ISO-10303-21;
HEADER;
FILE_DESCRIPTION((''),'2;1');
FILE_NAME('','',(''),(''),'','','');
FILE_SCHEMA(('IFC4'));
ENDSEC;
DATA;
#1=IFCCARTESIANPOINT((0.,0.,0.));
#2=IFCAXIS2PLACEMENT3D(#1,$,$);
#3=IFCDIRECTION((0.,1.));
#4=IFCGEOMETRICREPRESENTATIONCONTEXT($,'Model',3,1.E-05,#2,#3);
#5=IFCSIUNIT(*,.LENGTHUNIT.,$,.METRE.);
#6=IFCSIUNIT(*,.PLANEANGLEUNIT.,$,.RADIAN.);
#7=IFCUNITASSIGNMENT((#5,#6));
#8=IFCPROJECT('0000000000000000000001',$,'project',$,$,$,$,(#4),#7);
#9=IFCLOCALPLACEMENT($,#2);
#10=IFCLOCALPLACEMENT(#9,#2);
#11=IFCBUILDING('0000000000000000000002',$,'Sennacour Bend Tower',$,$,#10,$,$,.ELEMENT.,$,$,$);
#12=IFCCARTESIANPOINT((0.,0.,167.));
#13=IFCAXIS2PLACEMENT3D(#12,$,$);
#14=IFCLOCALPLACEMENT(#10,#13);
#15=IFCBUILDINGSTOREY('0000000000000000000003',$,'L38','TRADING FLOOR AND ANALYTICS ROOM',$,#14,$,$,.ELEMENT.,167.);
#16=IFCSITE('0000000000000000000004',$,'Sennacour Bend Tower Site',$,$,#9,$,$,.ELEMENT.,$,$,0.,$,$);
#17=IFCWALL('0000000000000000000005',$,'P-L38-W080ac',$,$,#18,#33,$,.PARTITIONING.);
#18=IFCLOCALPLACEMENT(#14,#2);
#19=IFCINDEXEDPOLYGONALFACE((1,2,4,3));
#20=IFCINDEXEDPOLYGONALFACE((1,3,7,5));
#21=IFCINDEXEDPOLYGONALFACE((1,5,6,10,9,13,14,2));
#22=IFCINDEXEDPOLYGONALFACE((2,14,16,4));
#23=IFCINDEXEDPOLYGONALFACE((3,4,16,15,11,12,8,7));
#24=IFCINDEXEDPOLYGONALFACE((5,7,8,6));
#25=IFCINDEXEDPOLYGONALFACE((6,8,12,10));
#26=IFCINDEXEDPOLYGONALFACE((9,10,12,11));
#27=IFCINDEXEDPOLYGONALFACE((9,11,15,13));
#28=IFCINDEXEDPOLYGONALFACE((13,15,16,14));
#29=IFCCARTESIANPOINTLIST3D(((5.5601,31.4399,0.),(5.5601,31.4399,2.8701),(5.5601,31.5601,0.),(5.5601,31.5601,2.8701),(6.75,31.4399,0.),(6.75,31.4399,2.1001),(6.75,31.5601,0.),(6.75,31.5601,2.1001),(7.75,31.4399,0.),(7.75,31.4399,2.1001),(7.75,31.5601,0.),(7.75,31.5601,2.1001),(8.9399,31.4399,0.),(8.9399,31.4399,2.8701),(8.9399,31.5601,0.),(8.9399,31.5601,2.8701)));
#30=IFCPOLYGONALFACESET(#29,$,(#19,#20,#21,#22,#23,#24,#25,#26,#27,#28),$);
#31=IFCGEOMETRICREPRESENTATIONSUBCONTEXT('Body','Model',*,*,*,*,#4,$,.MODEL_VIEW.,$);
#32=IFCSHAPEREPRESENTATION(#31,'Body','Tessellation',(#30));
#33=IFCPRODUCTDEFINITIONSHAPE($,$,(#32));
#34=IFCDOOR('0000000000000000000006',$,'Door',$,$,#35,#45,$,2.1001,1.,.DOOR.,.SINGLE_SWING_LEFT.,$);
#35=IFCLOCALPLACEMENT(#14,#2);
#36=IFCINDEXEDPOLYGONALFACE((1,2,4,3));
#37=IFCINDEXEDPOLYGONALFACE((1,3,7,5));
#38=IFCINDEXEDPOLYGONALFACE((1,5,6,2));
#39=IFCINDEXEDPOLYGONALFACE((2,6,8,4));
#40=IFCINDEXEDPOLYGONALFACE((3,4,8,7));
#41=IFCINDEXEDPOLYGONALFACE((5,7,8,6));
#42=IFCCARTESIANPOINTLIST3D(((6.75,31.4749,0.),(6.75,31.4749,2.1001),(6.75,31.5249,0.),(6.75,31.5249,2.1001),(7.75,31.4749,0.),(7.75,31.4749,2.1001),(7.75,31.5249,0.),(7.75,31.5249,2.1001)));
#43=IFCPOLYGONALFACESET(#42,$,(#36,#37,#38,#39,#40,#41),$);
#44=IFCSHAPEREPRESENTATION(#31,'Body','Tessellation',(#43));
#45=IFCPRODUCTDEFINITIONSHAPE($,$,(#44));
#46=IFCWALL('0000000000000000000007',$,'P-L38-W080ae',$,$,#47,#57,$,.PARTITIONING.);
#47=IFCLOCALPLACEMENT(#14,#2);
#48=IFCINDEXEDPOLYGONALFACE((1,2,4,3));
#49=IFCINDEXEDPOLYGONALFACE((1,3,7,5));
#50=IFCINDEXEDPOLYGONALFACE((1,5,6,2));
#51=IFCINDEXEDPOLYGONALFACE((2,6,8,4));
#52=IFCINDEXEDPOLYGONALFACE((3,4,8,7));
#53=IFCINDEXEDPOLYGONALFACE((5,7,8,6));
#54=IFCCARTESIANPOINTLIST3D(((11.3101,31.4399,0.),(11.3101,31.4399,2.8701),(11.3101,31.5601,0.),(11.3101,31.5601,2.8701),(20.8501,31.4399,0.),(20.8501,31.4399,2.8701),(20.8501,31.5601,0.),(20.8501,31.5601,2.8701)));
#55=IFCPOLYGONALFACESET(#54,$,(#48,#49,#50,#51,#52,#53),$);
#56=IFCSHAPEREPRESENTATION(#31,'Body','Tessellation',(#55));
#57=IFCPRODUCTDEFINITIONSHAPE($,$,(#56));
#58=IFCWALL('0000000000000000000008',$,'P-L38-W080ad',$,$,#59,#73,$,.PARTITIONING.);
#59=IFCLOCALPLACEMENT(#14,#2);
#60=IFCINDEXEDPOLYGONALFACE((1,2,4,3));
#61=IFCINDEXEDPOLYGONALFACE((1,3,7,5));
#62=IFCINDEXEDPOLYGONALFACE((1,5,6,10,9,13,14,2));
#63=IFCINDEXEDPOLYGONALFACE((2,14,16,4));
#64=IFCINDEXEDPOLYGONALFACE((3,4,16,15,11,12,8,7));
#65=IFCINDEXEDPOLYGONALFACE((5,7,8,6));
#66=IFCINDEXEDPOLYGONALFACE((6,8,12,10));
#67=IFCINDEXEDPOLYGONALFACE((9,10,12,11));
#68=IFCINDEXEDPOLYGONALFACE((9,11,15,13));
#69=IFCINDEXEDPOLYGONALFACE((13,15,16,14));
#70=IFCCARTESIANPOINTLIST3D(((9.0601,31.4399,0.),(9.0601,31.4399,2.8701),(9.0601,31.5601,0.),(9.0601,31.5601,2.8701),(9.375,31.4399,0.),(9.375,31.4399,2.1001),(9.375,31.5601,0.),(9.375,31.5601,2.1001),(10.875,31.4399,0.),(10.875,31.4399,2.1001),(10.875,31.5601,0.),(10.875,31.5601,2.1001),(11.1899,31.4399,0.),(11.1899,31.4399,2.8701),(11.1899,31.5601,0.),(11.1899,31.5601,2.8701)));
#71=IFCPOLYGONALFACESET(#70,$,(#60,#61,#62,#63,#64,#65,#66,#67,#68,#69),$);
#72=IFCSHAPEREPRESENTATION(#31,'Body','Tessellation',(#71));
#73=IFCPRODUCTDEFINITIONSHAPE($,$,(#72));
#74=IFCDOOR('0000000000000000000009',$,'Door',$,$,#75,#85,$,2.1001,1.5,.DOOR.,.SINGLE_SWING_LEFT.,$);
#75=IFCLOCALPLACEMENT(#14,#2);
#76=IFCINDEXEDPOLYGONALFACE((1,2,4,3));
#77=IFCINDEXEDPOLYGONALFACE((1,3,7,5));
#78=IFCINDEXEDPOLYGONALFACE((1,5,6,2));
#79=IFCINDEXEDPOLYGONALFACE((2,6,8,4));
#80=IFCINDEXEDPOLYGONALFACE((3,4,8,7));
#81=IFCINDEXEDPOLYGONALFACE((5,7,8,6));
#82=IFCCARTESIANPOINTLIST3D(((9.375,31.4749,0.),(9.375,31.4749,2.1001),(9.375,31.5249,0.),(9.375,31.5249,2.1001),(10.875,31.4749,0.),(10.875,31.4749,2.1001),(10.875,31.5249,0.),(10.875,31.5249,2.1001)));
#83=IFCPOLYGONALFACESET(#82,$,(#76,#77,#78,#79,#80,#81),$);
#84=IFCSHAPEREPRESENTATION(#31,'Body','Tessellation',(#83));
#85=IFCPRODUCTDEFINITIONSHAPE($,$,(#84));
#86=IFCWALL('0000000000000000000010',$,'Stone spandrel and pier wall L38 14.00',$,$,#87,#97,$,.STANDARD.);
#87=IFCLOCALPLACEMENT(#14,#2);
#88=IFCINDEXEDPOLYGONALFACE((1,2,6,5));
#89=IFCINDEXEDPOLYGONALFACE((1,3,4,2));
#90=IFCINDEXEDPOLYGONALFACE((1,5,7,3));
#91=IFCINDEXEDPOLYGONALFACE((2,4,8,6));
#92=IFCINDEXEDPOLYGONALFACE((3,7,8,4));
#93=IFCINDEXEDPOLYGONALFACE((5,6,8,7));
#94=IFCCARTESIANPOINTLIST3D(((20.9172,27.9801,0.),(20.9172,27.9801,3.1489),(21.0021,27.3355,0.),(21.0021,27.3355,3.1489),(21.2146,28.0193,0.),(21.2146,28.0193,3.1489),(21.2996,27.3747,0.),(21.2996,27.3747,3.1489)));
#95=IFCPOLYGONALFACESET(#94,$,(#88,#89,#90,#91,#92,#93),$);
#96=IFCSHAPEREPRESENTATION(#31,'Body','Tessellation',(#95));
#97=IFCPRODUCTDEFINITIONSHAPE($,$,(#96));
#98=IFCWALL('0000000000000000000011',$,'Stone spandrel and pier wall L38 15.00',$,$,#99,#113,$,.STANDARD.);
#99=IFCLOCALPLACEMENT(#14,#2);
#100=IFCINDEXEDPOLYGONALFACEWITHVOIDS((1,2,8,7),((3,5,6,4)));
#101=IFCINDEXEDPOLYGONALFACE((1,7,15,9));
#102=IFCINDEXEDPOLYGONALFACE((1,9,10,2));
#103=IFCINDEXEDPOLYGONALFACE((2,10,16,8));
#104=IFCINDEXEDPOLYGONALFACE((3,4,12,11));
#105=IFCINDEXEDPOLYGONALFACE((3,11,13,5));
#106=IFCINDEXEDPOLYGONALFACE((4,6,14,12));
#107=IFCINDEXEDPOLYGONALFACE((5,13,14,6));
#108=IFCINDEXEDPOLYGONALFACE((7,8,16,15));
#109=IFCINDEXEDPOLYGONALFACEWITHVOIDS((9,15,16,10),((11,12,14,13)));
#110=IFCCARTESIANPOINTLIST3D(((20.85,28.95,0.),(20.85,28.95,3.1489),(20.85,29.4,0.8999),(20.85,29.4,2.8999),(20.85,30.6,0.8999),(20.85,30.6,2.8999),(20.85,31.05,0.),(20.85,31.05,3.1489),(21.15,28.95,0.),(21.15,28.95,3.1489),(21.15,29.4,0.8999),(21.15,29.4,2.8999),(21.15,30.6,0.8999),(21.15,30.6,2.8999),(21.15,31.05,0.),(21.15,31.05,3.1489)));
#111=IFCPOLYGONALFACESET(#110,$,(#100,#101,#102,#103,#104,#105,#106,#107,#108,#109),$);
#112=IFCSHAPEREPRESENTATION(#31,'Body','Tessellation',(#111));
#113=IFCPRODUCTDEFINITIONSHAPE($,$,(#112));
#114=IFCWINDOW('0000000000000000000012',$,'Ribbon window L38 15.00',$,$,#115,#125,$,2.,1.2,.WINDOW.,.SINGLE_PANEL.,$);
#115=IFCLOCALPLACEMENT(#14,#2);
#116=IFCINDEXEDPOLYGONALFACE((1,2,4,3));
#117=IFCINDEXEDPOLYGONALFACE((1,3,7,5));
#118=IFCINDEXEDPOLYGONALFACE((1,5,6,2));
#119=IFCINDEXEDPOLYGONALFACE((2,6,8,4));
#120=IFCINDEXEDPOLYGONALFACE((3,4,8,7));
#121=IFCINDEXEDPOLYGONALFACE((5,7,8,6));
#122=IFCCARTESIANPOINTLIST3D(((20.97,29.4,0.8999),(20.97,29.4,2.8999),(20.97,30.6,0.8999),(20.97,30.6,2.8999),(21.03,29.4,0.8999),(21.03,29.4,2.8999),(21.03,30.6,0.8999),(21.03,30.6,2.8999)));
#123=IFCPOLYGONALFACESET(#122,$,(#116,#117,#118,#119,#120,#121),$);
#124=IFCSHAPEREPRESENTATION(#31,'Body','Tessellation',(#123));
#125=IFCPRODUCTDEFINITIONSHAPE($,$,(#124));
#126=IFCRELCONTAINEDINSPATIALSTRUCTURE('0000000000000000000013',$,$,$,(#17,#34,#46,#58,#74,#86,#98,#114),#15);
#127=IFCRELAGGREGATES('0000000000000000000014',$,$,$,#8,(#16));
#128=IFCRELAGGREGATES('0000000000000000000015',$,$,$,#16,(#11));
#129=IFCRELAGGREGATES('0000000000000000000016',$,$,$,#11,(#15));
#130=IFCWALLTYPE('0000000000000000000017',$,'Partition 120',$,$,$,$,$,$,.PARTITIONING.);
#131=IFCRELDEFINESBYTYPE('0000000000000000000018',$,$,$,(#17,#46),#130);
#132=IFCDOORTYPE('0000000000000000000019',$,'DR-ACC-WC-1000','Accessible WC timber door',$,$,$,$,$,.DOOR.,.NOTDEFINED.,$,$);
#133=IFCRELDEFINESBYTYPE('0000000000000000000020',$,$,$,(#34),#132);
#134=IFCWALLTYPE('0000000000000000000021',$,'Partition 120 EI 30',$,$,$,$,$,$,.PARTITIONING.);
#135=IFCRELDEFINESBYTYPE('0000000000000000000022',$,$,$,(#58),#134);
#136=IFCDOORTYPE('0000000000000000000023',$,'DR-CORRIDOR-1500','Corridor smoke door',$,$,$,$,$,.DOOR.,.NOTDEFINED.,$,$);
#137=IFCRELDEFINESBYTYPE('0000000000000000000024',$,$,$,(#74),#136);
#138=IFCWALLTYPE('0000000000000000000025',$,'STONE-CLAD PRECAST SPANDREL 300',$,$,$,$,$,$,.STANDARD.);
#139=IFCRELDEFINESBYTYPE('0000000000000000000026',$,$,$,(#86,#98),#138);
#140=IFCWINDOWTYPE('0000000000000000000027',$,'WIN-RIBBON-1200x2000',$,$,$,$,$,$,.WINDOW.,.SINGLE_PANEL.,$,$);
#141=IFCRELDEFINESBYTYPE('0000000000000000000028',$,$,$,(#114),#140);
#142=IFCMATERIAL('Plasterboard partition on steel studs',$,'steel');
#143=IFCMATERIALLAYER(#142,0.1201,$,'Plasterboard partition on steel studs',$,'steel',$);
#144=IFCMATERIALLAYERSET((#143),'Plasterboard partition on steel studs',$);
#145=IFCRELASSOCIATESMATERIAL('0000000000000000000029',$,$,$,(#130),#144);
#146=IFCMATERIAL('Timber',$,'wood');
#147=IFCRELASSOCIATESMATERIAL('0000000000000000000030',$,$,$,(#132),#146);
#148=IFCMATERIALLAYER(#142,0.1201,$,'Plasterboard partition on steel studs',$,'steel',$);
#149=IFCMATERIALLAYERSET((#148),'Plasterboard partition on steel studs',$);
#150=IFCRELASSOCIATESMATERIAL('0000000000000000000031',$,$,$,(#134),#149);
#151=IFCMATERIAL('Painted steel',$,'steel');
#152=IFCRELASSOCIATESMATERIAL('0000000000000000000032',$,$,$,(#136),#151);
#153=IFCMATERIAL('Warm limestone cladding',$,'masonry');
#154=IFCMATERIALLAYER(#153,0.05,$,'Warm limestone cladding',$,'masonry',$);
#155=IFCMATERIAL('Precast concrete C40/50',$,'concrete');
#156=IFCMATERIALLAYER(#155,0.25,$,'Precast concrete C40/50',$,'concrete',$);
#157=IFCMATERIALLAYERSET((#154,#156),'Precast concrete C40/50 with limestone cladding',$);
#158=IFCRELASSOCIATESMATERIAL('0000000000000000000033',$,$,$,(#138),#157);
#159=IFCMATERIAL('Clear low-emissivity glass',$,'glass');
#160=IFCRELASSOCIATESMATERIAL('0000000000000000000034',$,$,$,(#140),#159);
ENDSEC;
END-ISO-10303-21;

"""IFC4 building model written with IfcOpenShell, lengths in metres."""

from ifc_helpers import new_model, si_unit, direction, frame, frame_2d, origin, place, context, subcontext, project, spatial, rectangle, extrude, material, layer, layer_set, type_object, element, fill, save


model = new_model("IFC4")

# Units and contexts
model_context = context("Model", 3, precision=1e-05, world=origin(), true_north=direction((0.0, 1.0)))
body_context = subcontext(model_context, "Body", "Model", "MODEL_VIEW")
ifc_project = project(units=[si_unit("LENGTHUNIT", "METRE"), si_unit("PLANEANGLEUNIT", "RADIAN")], contexts=[model_context])

# Site, building, storey
site_placement = place(None, origin())
site = spatial("IfcSite", under=ifc_project, at=site_placement, Name="Sennacour Bend Tower Site", CompositionType="ELEMENT", RefElevation=0.0)
building_placement = place(site_placement, origin())
building = spatial("IfcBuilding", under=site, at=building_placement, Name="Sennacour Bend Tower", CompositionType="ELEMENT")
storey_placement = place(building_placement, frame((0.0, 0.0, 167.0)))
storey = spatial("IfcBuildingStorey", under=building, at=storey_placement, Name="L38", Description="TRADING FLOOR AND ANALYTICS ROOM", CompositionType="ELEMENT", Elevation=167.0)

# Shared definitions
ifc_material_1 = material(Name="Plasterboard partition on steel studs", Category="steel")
ifc_layer_1 = layer(ifc_material_1, 0.1201, Name="Plasterboard partition on steel studs", Category="steel")
ifc_layer_set_1 = layer_set([ifc_layer_1], Name="Plasterboard partition on steel studs")
wall_type_1 = type_object("IfcWallType", Name="Partition 120", PredefinedType="PARTITIONING", material=ifc_layer_set_1)

# Wall, opening, door
wall_1_placement = place(storey_placement, frame((5.5601, 31.5, 0.0), z_axis=(0.0, 0.0, 1.0), x_axis=(1.0, 0.0, 0.0)))
wall_1 = element("IfcWall", 1, at=wall_1_placement, inside=storey, type_object=wall_type_1, Name="P-L38-W080ac", PredefinedType="PARTITIONING", context=body_context, shape_type="SweptSolid", body=[
    extrude(rectangle(XDim=3.3799, YDim=0.1201, at=frame_2d((1.6899, 0.0))), origin(), (0.0, 0.0, 1.0), 2.8701),
])
opening_1_placement = place(wall_1_placement, frame((1.1899, 0.0, 0.0)))
opening_1 = element("IfcOpeningElement", 2, at=opening_1_placement, cuts=wall_1, PredefinedType="OPENING", context=body_context, shape_type="SweptSolid", body=[
    extrude(rectangle(XDim=1.0, YDim=2.1001, at=frame_2d((0.5, 1.05))), frame((0.0, 0.0701, 0.0), z_axis=(0.0, -1.0, 0.0), x_axis=(1.0, 0.0, 0.0)), (0.0, 0.0, 1.0), 0.1401),
])
ifc_material_2 = material(Name="Timber", Category="wood")
door_type_1 = type_object("IfcDoorType", Name="DR-ACC-WC-1000", Description="Accessible WC timber door", OperationType="NOTDEFINED", PredefinedType="DOOR", material=ifc_material_2)
door_1_placement = place(opening_1_placement, origin())
door_1 = element("IfcDoor", 3, at=door_1_placement, inside=storey, type_object=door_type_1, Name="Door", OperationType="SINGLE_SWING_LEFT", OverallHeight=2.1001, OverallWidth=1.0, PredefinedType="DOOR", context=body_context, shape_type="SweptSolid", body=[
    extrude(rectangle(XDim=1.0, YDim=2.1001, at=frame_2d((0.5, 1.05))), frame((0.0, 0.0249, 0.0), z_axis=(0.0, -1.0, 0.0), x_axis=(1.0, 0.0, 0.0)), (0.0, 0.0, 1.0), 0.05),
])
fill(opening_1, door_1)

# Wall
wall_2_placement = place(storey_placement, frame((11.3101, 31.5, 0.0), z_axis=(0.0, 0.0, 1.0), x_axis=(1.0, 0.0, 0.0)))
element("IfcWall", 4, at=wall_2_placement, inside=storey, type_object=wall_type_1, Name="P-L38-W080ae", PredefinedType="PARTITIONING", context=body_context, shape_type="SweptSolid", body=[
    extrude(rectangle(XDim=9.54, YDim=0.1201, at=frame_2d((4.77, 0.0))), origin(), (0.0, 0.0, 1.0), 2.8701),
])

# Wall, opening, door
ifc_layer_2 = layer(ifc_material_1, 0.1201, Name="Plasterboard partition on steel studs", Category="steel")
ifc_layer_set_2 = layer_set([ifc_layer_2], Name="Plasterboard partition on steel studs")
wall_type_2 = type_object("IfcWallType", Name="Partition 120 EI 30", PredefinedType="PARTITIONING", material=ifc_layer_set_2)
wall_3_placement = place(storey_placement, frame((9.0601, 31.5, 0.0), z_axis=(0.0, 0.0, 1.0), x_axis=(1.0, 0.0, 0.0)))
wall_3 = element("IfcWall", 5, at=wall_3_placement, inside=storey, type_object=wall_type_2, Name="P-L38-W080ad", PredefinedType="PARTITIONING", context=body_context, shape_type="SweptSolid", body=[
    extrude(rectangle(XDim=2.1299, YDim=0.1201, at=frame_2d((1.0649, 0.0))), origin(), (0.0, 0.0, 1.0), 2.8701),
])
opening_2_placement = place(wall_3_placement, frame((0.3149, 0.0, 0.0)))
opening_2 = element("IfcOpeningElement", 6, at=opening_2_placement, cuts=wall_3, PredefinedType="OPENING", context=body_context, shape_type="SweptSolid", body=[
    extrude(rectangle(XDim=1.5, YDim=2.1001, at=frame_2d((0.75, 1.05))), frame((0.0, 0.0701, 0.0), z_axis=(0.0, -1.0, 0.0), x_axis=(1.0, 0.0, 0.0)), (0.0, 0.0, 1.0), 0.1401),
])
ifc_material_3 = material(Name="Painted steel", Category="steel")
door_type_2 = type_object("IfcDoorType", Name="DR-CORRIDOR-1500", Description="Corridor smoke door", OperationType="NOTDEFINED", PredefinedType="DOOR", material=ifc_material_3)
door_2_placement = place(opening_2_placement, origin())
door_2 = element("IfcDoor", 7, at=door_2_placement, inside=storey, type_object=door_type_2, Name="Door", OperationType="SINGLE_SWING_LEFT", OverallHeight=2.1001, OverallWidth=1.5, PredefinedType="DOOR", context=body_context, shape_type="SweptSolid", body=[
    extrude(rectangle(XDim=1.5, YDim=2.1001, at=frame_2d((0.75, 1.05))), frame((0.0, 0.0249, 0.0), z_axis=(0.0, -1.0, 0.0), x_axis=(1.0, 0.0, 0.0)), (0.0, 0.0, 1.0), 0.05),
])
fill(opening_2, door_2)

# Wall
ifc_material_4 = material(Name="Warm limestone cladding", Category="masonry")
ifc_layer_3 = layer(ifc_material_4, 0.05, Name="Warm limestone cladding", Category="masonry")
ifc_material_5 = material(Name="Precast concrete C40/50", Category="concrete")
ifc_layer_4 = layer(ifc_material_5, 0.25, Name="Precast concrete C40/50", Category="concrete")
ifc_layer_set_3 = layer_set([ifc_layer_3, ifc_layer_4], Name="Precast concrete C40/50 with limestone cladding")
wall_type_3 = type_object("IfcWallType", Name="STONE-CLAD PRECAST SPANDREL 300", PredefinedType="STANDARD", material=ifc_layer_set_3)
wall_4_placement = place(storey_placement, frame((21.1509, 27.355, 0.0), z_axis=(0.0, 0.0, 1.0), x_axis=(-0.130688, 0.991424, 0.0)))
element("IfcWall", 8, at=wall_4_placement, inside=storey, type_object=wall_type_3, Name="Stone spandrel and pier wall L38 14.00", PredefinedType="STANDARD", context=body_context, shape_type="SweptSolid", body=[
    extrude(rectangle(XDim=0.6501, YDim=0.3, at=frame_2d((0.3252, 0.0))), origin(), (0.0, 0.0, 1.0), 3.1489),
])

# Wall, opening, window
wall_5_placement = place(storey_placement, frame((21.0, 28.95, 0.0), z_axis=(0.0, 0.0, 1.0), x_axis=(0.0, 1.0, 0.0)))
wall_5 = element("IfcWall", 9, at=wall_5_placement, inside=storey, type_object=wall_type_3, Name="Stone spandrel and pier wall L38 15.00", PredefinedType="STANDARD", context=body_context, shape_type="SweptSolid", body=[
    extrude(rectangle(XDim=2.1001, YDim=0.3, at=frame_2d((1.05, 0.0))), origin(), (0.0, 0.0, 1.0), 3.1489),
])
opening_3_placement = place(wall_5_placement, frame((0.45, 0.0, 0.8999)))
opening_3 = element("IfcOpeningElement", 10, at=opening_3_placement, cuts=wall_5, PredefinedType="OPENING", context=body_context, shape_type="SweptSolid", body=[
    extrude(rectangle(XDim=1.2, YDim=2.0, at=frame_2d((0.6001, 1.0))), frame((0.0, 0.1602, 0.0), z_axis=(0.0, -1.0, 0.0), x_axis=(1.0, 0.0, 0.0)), (0.0, 0.0, 1.0), 0.3201),
])
ifc_material_6 = material(Name="Clear low-emissivity glass", Category="glass")
window_type_1 = type_object("IfcWindowType", Name="WIN-RIBBON-1200x2000", PartitioningType="SINGLE_PANEL", PredefinedType="WINDOW", material=ifc_material_6)
window_1_placement = place(opening_3_placement, origin())
window_1 = element("IfcWindow", 11, at=window_1_placement, inside=storey, type_object=window_type_1, Name="Ribbon window L38 15.00", OverallHeight=2.0, OverallWidth=1.2, PartitioningType="SINGLE_PANEL", PredefinedType="WINDOW", context=body_context, shape_type="SweptSolid", body=[
    extrude(rectangle(XDim=1.2, YDim=2.0, at=frame_2d((0.6001, 1.0))), frame((0.0, 0.03, 0.0), z_axis=(0.0, -1.0, 0.0), x_axis=(1.0, 0.0, 0.0)), (0.0, 0.0, 1.0), 0.0601),
])
fill(opening_3, window_1)

save(model, "model.ifc")
